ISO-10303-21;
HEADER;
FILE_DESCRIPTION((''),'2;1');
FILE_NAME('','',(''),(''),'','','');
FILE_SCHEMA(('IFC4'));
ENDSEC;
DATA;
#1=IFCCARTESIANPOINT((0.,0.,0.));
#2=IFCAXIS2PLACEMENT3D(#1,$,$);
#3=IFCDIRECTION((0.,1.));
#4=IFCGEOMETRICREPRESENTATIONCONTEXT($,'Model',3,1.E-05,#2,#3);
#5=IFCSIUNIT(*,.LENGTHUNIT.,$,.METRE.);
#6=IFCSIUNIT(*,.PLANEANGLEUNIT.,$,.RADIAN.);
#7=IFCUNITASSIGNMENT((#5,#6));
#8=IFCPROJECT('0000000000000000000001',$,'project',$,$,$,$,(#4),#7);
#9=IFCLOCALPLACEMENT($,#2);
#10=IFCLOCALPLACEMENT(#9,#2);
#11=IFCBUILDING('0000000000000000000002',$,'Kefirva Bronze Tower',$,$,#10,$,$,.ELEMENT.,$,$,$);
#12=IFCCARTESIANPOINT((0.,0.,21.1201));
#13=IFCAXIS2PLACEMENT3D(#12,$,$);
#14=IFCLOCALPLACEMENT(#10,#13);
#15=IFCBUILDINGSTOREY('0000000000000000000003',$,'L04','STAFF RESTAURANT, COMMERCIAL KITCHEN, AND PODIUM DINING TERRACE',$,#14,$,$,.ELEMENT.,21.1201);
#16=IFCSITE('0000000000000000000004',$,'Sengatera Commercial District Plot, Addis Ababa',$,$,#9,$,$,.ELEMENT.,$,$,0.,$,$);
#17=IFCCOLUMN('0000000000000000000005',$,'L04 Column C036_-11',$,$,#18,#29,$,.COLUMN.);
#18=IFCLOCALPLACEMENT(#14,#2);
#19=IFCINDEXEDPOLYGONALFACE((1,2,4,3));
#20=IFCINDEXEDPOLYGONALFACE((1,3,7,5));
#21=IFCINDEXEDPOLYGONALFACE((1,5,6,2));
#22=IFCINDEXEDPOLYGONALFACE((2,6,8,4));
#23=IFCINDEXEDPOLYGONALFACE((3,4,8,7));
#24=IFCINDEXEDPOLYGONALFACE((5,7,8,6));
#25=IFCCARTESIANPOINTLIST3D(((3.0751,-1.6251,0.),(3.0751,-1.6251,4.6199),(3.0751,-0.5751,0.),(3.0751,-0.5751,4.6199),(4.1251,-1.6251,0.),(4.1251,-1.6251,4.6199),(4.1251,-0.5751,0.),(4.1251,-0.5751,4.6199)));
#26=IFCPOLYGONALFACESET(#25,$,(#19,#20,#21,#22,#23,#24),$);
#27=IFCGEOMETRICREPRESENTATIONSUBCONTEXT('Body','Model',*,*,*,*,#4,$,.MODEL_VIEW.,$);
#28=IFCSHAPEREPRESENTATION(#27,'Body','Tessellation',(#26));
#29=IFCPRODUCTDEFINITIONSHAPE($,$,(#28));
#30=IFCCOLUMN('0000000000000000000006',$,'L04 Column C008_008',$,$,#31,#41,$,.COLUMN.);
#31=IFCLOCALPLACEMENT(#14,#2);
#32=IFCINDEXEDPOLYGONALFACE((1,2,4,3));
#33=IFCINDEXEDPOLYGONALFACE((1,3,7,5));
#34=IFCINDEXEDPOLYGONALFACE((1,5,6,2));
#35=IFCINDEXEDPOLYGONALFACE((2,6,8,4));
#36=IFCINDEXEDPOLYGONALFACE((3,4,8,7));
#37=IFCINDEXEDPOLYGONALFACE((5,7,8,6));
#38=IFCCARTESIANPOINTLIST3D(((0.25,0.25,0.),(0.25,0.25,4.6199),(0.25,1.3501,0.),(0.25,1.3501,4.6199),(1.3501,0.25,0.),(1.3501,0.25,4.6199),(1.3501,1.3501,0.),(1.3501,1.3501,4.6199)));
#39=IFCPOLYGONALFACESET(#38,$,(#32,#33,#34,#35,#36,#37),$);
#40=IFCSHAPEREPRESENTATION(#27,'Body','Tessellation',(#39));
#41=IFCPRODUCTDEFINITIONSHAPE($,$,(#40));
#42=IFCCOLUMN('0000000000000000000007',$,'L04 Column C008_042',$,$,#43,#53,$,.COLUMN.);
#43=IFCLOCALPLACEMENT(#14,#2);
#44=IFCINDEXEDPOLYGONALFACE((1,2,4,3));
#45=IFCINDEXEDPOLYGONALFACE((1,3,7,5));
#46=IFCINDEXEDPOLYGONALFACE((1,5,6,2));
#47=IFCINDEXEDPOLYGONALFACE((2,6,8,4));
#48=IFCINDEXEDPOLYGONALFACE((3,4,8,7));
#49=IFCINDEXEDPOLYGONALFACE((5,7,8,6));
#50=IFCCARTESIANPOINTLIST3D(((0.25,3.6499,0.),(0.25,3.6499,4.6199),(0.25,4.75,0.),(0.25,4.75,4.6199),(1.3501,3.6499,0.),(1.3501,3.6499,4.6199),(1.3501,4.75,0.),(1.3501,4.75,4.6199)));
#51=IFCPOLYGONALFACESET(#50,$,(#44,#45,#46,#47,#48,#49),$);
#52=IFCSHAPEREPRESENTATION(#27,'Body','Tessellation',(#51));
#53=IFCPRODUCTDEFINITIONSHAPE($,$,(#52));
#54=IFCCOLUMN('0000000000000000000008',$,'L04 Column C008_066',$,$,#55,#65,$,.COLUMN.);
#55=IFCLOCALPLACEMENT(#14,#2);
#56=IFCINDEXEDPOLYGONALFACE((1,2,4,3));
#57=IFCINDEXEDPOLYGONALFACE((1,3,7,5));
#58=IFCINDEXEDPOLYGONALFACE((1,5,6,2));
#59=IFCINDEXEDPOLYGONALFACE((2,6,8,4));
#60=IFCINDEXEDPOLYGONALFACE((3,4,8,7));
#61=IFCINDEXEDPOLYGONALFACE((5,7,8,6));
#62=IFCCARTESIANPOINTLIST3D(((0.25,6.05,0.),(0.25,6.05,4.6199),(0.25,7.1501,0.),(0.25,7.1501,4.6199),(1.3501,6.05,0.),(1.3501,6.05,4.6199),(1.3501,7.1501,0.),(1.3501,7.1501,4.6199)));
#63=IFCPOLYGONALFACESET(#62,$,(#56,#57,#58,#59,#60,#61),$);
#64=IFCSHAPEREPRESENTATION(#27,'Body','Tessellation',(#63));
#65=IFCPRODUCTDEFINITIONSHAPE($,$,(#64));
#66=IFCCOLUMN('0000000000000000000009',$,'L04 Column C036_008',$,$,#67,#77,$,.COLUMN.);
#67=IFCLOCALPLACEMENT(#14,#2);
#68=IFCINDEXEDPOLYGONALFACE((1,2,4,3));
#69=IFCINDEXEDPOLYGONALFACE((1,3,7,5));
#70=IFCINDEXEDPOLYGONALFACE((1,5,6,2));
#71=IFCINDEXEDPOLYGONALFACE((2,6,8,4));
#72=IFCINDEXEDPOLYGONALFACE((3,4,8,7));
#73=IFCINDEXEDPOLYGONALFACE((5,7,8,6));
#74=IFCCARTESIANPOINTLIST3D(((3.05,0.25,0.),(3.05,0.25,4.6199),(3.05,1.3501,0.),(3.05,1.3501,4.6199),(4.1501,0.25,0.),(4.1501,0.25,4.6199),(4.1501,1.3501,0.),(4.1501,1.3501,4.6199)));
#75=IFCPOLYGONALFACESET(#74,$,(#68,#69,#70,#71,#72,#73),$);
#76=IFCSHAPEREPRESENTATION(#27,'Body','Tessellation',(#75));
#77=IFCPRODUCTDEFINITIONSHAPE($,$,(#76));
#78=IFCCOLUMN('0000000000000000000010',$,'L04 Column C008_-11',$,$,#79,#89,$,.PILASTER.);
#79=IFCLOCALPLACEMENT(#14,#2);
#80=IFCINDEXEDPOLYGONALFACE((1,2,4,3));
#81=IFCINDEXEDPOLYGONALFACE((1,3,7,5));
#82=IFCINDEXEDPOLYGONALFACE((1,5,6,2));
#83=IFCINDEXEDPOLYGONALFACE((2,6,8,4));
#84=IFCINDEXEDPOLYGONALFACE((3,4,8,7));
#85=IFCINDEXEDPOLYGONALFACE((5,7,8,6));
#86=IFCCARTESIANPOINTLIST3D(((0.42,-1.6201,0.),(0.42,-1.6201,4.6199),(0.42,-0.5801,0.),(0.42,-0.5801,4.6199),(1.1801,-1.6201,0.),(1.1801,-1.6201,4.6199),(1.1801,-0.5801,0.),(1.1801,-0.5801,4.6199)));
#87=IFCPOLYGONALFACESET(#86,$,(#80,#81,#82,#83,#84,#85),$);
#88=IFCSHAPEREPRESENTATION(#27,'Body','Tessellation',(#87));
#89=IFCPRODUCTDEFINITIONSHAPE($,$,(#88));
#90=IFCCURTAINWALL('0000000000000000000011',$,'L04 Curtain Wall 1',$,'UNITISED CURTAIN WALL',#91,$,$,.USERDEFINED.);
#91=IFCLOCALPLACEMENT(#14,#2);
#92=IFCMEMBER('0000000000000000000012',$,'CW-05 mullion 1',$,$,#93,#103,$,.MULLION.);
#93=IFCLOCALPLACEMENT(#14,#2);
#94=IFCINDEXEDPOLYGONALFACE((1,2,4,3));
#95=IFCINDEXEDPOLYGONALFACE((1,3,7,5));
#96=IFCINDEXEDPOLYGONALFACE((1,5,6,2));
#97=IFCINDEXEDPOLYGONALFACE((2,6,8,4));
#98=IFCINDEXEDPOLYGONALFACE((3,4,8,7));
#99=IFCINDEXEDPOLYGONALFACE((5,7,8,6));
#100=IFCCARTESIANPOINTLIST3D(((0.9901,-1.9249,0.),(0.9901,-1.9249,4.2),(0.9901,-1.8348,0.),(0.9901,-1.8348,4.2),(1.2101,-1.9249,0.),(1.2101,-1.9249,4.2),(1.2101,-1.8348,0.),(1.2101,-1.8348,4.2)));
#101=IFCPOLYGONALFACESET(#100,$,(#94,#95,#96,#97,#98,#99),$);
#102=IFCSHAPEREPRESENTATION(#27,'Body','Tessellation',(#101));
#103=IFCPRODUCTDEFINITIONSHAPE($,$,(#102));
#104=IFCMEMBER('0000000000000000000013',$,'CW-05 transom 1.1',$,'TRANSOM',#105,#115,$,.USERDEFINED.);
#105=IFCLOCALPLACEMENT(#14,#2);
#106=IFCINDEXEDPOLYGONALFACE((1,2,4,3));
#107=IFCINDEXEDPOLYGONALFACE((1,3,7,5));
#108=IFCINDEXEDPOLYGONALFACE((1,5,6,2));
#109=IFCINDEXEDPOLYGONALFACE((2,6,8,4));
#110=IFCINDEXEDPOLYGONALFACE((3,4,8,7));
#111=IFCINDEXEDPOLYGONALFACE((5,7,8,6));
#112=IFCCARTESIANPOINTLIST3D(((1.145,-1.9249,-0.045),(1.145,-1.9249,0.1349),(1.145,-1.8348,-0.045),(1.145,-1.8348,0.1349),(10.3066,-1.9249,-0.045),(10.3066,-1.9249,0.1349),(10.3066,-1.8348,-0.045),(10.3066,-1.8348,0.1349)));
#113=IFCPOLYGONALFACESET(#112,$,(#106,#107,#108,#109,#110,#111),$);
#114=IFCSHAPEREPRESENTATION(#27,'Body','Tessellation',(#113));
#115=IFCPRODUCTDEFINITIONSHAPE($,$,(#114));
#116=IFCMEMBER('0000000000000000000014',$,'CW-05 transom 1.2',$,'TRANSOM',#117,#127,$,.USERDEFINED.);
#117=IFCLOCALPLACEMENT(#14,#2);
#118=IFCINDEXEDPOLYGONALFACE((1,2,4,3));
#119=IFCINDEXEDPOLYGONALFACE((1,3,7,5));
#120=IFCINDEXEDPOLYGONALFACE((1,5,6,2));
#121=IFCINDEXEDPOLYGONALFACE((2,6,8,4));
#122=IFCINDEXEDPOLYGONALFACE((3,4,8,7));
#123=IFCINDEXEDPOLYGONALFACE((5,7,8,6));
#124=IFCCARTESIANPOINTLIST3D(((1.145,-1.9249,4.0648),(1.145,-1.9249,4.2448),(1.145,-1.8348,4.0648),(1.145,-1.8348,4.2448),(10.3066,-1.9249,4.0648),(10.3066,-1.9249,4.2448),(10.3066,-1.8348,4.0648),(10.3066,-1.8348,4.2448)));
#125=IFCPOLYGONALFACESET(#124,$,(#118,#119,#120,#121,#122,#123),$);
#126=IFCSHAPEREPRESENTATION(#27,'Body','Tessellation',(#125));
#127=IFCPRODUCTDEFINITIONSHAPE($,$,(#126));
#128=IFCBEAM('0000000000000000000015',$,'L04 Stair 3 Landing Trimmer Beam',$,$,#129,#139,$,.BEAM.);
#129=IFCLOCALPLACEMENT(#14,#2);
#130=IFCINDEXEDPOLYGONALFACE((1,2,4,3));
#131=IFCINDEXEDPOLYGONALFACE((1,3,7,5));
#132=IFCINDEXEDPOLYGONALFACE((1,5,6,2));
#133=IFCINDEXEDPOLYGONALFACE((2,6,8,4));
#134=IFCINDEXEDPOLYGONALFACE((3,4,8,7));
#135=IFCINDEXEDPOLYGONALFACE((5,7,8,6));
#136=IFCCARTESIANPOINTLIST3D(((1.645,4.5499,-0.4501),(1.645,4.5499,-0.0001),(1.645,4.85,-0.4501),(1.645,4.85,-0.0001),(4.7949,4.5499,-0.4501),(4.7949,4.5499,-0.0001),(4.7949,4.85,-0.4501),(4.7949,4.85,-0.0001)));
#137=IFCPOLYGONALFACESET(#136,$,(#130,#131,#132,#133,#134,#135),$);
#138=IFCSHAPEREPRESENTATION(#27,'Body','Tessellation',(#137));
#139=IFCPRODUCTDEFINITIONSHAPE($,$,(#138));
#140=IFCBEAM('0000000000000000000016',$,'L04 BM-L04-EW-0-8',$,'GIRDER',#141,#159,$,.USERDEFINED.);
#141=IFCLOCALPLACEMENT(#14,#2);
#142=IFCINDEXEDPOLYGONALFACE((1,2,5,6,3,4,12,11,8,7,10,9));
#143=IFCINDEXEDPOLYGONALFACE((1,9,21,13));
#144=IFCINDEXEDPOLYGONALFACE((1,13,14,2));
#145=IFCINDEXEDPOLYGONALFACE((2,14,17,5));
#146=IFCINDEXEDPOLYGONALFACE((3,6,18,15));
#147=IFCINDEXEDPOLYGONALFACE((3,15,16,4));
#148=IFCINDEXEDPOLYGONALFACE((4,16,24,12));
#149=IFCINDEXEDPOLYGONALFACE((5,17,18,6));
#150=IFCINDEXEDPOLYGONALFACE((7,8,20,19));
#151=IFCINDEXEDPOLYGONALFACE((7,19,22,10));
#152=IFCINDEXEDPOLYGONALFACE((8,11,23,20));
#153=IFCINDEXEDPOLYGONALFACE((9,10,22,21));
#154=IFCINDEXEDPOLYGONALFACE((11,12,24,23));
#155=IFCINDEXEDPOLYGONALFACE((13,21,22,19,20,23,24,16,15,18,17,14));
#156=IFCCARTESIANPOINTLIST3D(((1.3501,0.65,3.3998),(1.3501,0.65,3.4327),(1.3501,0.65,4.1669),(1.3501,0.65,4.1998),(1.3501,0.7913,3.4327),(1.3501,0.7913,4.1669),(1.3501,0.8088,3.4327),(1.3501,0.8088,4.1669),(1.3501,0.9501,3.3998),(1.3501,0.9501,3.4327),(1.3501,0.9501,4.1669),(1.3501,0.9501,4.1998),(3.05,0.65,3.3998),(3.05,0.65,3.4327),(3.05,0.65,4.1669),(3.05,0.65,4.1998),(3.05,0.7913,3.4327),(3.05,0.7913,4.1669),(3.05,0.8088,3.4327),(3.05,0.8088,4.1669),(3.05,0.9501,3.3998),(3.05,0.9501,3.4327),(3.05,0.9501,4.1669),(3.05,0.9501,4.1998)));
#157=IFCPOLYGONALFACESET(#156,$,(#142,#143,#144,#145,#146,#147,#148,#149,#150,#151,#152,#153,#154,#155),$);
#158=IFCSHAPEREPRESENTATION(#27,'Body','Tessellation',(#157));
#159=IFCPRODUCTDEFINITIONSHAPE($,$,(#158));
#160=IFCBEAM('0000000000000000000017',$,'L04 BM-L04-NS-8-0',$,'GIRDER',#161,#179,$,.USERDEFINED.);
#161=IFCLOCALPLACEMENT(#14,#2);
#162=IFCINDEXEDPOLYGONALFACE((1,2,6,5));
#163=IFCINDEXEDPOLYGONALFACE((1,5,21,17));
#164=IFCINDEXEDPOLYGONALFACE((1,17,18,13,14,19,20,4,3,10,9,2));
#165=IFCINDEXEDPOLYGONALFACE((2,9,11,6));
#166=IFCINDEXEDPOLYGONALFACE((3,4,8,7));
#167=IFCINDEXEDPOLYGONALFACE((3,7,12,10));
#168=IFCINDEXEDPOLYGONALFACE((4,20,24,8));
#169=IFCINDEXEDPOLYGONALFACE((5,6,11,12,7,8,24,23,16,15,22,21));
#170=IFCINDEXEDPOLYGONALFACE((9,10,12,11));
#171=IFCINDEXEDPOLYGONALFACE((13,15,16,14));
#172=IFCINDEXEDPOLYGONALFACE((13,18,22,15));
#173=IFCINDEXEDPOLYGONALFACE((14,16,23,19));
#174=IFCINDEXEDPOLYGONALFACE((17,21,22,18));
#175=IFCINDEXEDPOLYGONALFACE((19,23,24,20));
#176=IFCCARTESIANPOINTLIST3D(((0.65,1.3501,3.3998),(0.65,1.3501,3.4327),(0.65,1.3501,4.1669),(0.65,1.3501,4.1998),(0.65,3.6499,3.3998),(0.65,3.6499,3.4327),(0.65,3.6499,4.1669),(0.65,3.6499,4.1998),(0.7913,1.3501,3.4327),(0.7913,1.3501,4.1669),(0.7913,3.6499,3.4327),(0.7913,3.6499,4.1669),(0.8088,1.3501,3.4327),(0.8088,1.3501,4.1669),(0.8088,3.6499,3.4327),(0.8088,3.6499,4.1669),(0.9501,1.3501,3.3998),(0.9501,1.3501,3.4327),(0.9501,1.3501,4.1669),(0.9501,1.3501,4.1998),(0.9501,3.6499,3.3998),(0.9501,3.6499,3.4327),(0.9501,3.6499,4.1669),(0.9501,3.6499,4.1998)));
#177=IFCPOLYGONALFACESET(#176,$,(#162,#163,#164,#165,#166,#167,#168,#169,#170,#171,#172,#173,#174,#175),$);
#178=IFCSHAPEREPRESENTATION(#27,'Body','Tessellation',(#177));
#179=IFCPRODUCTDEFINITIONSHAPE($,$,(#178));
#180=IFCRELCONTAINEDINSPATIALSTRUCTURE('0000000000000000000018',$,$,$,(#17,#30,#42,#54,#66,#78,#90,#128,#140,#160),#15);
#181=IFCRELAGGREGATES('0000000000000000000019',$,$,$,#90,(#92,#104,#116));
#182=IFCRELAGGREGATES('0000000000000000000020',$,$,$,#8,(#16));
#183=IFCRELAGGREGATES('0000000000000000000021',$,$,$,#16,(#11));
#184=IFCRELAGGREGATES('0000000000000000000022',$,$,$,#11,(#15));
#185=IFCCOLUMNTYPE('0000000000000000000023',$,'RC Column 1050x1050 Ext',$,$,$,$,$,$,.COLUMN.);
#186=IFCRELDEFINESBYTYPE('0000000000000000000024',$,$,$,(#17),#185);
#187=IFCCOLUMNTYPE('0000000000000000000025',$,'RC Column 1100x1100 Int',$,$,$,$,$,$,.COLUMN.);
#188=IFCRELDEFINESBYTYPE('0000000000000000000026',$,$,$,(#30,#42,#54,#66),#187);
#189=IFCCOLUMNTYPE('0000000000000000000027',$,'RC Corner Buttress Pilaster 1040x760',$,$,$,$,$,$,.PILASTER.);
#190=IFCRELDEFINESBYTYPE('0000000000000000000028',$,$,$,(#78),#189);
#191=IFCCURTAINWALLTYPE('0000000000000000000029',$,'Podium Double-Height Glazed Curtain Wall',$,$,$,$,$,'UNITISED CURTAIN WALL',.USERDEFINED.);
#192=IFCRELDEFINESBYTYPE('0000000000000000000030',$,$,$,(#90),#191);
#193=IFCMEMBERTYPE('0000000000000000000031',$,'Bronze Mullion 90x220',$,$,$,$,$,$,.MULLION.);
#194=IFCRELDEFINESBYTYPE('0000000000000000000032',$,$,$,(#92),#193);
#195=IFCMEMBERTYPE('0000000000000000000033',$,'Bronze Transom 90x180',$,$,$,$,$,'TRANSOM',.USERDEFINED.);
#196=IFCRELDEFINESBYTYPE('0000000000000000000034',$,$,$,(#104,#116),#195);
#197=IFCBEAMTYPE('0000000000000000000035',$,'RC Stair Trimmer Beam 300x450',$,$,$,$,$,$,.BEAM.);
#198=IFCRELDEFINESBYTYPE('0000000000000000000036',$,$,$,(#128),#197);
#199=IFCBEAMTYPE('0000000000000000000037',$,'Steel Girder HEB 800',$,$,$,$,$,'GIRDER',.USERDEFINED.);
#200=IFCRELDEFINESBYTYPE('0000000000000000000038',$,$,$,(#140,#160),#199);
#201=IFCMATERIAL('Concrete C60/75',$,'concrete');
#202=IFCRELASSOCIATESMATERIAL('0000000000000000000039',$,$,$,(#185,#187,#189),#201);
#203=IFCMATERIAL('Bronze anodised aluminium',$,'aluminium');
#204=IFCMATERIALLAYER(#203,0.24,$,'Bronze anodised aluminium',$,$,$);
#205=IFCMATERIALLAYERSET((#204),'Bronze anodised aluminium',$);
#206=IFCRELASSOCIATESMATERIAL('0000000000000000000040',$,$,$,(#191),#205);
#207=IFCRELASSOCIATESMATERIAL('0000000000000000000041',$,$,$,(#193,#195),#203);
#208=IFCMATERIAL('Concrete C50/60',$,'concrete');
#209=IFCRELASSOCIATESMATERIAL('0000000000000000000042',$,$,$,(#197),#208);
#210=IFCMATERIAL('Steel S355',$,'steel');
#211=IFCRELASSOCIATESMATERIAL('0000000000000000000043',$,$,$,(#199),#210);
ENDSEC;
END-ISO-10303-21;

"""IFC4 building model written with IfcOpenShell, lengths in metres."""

from ifc_helpers import new_model, si_unit, direction, frame, origin, origin_2d, place, context, subcontext, project, spatial, rectangle, i_section, extrude, material, layer, layer_set, material_profile, profile_set, type_object, element, aggregate, save


model = new_model("IFC4")

# Units and contexts
model_context = context("Model", 3, precision=1e-05, world=origin(), true_north=direction((0.0, 1.0)))
body_context = subcontext(model_context, "Body", "Model", "MODEL_VIEW")
ifc_project = project(units=[si_unit("LENGTHUNIT", "METRE"), si_unit("PLANEANGLEUNIT", "RADIAN")], contexts=[model_context])

# Site, building, storey
site_placement = place(None, origin())
site = spatial("IfcSite", under=ifc_project, at=site_placement, Name="Sengatera Commercial District Plot, Addis Ababa", CompositionType="ELEMENT", RefElevation=0.0)
building_placement = place(site_placement, origin())
building = spatial("IfcBuilding", under=site, at=building_placement, Name="Kefirva Bronze Tower", CompositionType="ELEMENT")
storey_placement = place(building_placement, frame((0.0, 0.0, 21.1201)))
storey = spatial("IfcBuildingStorey", under=building, at=storey_placement, Name="L04", Description="STAFF RESTAURANT, COMMERCIAL KITCHEN, AND PODIUM DINING TERRACE", CompositionType="ELEMENT", Elevation=21.1201)

# Columns
ifc_material_1 = material(Name="Concrete C60/75", Category="concrete")
ifc_material_profile_1 = material_profile(ifc_material_1, rectangle(XDim=1.05, YDim=1.05, at=origin_2d()), Name="RC 1050x1050")
ifc_profile_set_1 = profile_set([ifc_material_profile_1], Name="Concrete C60/75")
column_type_1 = type_object("IfcColumnType", Name="RC Column 1050x1050 Ext", PredefinedType="COLUMN", material=ifc_profile_set_1)
column_1_placement = place(storey_placement, frame((3.6001, -1.1001, 0.0), z_axis=(0.0, 0.0, 1.0), x_axis=(1.0, 0.0, 0.0)))
element("IfcColumn", 1, at=column_1_placement, inside=storey, type_object=column_type_1, Name="L04 Column C036_-11", PredefinedType="COLUMN", context=body_context, shape_type="SweptSolid", body=[
    extrude(rectangle(XDim=1.05, YDim=1.05, at=origin_2d()), origin(), (0.0, 0.0, 1.0), 4.6199),
])
ifc_material_profile_2 = material_profile(ifc_material_1, rectangle(XDim=1.1001, YDim=1.1001, at=origin_2d()), Name="RC 1100x1100")
ifc_profile_set_2 = profile_set([ifc_material_profile_2], Name="Concrete C60/75")
column_type_2 = type_object("IfcColumnType", Name="RC Column 1100x1100 Int", PredefinedType="COLUMN", material=ifc_profile_set_2)
for number, where, z_axis, x_axis, name in (
    (2, (0.8, 0.8, 0.0), (0.0, 0.0, 1.0), (1.0, 0.0, 0.0), "L04 Column C008_008"),
    (3, (0.8, 4.2, 0.0), (0.0, 0.0, 1.0), (1.0, 0.0, 0.0), "L04 Column C008_042"),
    (4, (0.8, 6.6001, 0.0), (0.0, 0.0, 1.0), (1.0, 0.0, 0.0), "L04 Column C008_066"),
    (5, (3.6001, 0.8, 0.0), (0.0, 0.0, 1.0), (1.0, 0.0, 0.0), "L04 Column C036_008"),
):
    element("IfcColumn", number, at=place(storey_placement, frame(where, z_axis=z_axis, x_axis=x_axis)), inside=storey, type_object=column_type_2, Name=name, PredefinedType="COLUMN", context=body_context, shape_type="SweptSolid", body=[
        extrude(rectangle(XDim=1.1001, YDim=1.1001, at=origin_2d()), origin(), (0.0, 0.0, 1.0), 4.6199),
    ])
ifc_material_profile_3 = material_profile(ifc_material_1, rectangle(XDim=0.76, YDim=1.04, at=origin_2d()), Name="RC 760x1040")
ifc_profile_set_3 = profile_set([ifc_material_profile_3], Name="Concrete C60/75")
column_type_3 = type_object("IfcColumnType", Name="RC Corner Buttress Pilaster 1040x760", PredefinedType="PILASTER", material=ifc_profile_set_3)
column_2_placement = place(storey_placement, frame((0.8, -1.1001, 0.0), z_axis=(0.0, 0.0, 1.0), x_axis=(1.0, 0.0, 0.0)))
element("IfcColumn", 6, at=column_2_placement, inside=storey, type_object=column_type_3, Name="L04 Column C008_-11", PredefinedType="PILASTER", context=body_context, shape_type="SweptSolid", body=[
    extrude(rectangle(XDim=0.76, YDim=1.04, at=origin_2d()), origin(), (0.0, 0.0, 1.0), 4.6199),
])

# Curtain wall, members
ifc_material_2 = material(Name="Bronze anodised aluminium", Category="aluminium")
ifc_layer_1 = layer(ifc_material_2, 0.24, Name="Bronze anodised aluminium")
ifc_layer_set_1 = layer_set([ifc_layer_1], Name="Bronze anodised aluminium")
curtain_wall_type = type_object("IfcCurtainWallType", Name="Podium Double-Height Glazed Curtain Wall", ElementType="UNITISED CURTAIN WALL", PredefinedType="USERDEFINED", material=ifc_layer_set_1)
curtain_wall_placement = place(storey_placement, origin())
curtain_wall = element("IfcCurtainWall", 7, at=curtain_wall_placement, inside=storey, type_object=curtain_wall_type, Name="L04 Curtain Wall 1", ObjectType="UNITISED CURTAIN WALL", PredefinedType="USERDEFINED")
ifc_material_profile_4 = material_profile(ifc_material_2, rectangle(XDim=0.0901, YDim=0.22, at=origin_2d()), Name="ALU 90x220")
ifc_profile_set_4 = profile_set([ifc_material_profile_4], Name="Bronze anodised aluminium")
member_type_1 = type_object("IfcMemberType", Name="Bronze Mullion 90x220", PredefinedType="MULLION", material=ifc_profile_set_4)
member_1_placement = place(storey_placement, frame((1.1001, -1.8799, 0.0), z_axis=(0.0, 0.0, 1.0), x_axis=(0.0, 1.0, 0.0)))
member_1 = element("IfcMember", 8, at=member_1_placement, type_object=member_type_1, Name="CW-05 mullion 1", PredefinedType="MULLION", context=body_context, shape_type="SweptSolid", body=[
    extrude(rectangle(XDim=0.0901, YDim=0.22, at=origin_2d()), origin(), (0.0, 0.0, 1.0), 4.2),
])
ifc_material_profile_5 = material_profile(ifc_material_2, rectangle(XDim=0.0901, YDim=0.1799, at=origin_2d()), Name="ALU 90x180")
ifc_profile_set_5 = profile_set([ifc_material_profile_5], Name="Bronze anodised aluminium")
member_type_2 = type_object("IfcMemberType", Name="Bronze Transom 90x180", ElementType="TRANSOM", PredefinedType="USERDEFINED", material=ifc_profile_set_5)
member_2_placement = place(storey_placement, frame((1.145, -1.8799, 0.0449), z_axis=(1.0, 0.0, 0.0), x_axis=(0.0, 1.0, 0.0)))
member_2 = element("IfcMember", 9, at=member_2_placement, type_object=member_type_2, Name="CW-05 transom 1.1", ObjectType="TRANSOM", PredefinedType="USERDEFINED", context=body_context, shape_type="SweptSolid", body=[
    extrude(rectangle(XDim=0.0901, YDim=0.1799, at=origin_2d()), origin(), (0.0, 0.0, 1.0), 9.1616),
])
member_3_placement = place(storey_placement, frame((1.145, -1.8799, 4.1548), z_axis=(1.0, 0.0, 0.0), x_axis=(0.0, 1.0, 0.0)))
member_3 = element("IfcMember", 10, at=member_3_placement, type_object=member_type_2, Name="CW-05 transom 1.2", ObjectType="TRANSOM", PredefinedType="USERDEFINED", context=body_context, shape_type="SweptSolid", body=[
    extrude(rectangle(XDim=0.0901, YDim=0.1799, at=origin_2d()), origin(), (0.0, 0.0, 1.0), 9.1616),
])
aggregate(curtain_wall, [member_1, member_2, member_3])

# Beams
ifc_material_3 = material(Name="Concrete C50/60", Category="concrete")
ifc_material_profile_6 = material_profile(ifc_material_3, rectangle(XDim=0.3, YDim=0.45, at=origin_2d()), Name="RC 300x450")
ifc_profile_set_6 = profile_set([ifc_material_profile_6], Name="Concrete C50/60")
beam_type_1 = type_object("IfcBeamType", Name="RC Stair Trimmer Beam 300x450", PredefinedType="BEAM", material=ifc_profile_set_6)
beam_1_placement = place(storey_placement, frame((1.645, 4.7, -0.2251), z_axis=(1.0, 0.0, 0.0), x_axis=(0.0, 1.0, 0.0)))
element("IfcBeam", 11, at=beam_1_placement, inside=storey, type_object=beam_type_1, Name="L04 Stair 3 Landing Trimmer Beam", PredefinedType="BEAM", context=body_context, shape_type="SweptSolid", body=[
    extrude(rectangle(XDim=0.3, YDim=0.45, at=origin_2d()), origin(), (0.0, 0.0, 1.0), 3.1499),
])
ifc_material_4 = material(Name="Steel S355", Category="steel")
ifc_material_profile_7 = material_profile(ifc_material_4, i_section(OverallWidth=0.3, OverallDepth=0.8, WebThickness=0.0176, FlangeThickness=0.033, at=origin_2d()), Name="HEB 800")
ifc_profile_set_7 = profile_set([ifc_material_profile_7], Name="Steel S355")
beam_type_2 = type_object("IfcBeamType", Name="Steel Girder HEB 800", ElementType="GIRDER", PredefinedType="USERDEFINED", material=ifc_profile_set_7)
beam_2_placement = place(storey_placement, frame((1.3501, 0.8, 3.7998), z_axis=(1.0, 0.0, 0.0), x_axis=(0.0, 1.0, 0.0)))
element("IfcBeam", 12, at=beam_2_placement, inside=storey, type_object=beam_type_2, Name="L04 BM-L04-EW-0-8", ObjectType="GIRDER", PredefinedType="USERDEFINED", context=body_context, shape_type="SweptSolid", body=[
    extrude(i_section(OverallWidth=0.3, OverallDepth=0.8, WebThickness=0.0176, FlangeThickness=0.033, at=origin_2d()), origin(), (0.0, 0.0, 1.0), 1.7),
])
beam_3_placement = place(storey_placement, frame((0.8, 1.3501, 3.7998), z_axis=(0.0, 1.0, 0.0), x_axis=(-1.0, 0.0, 0.0)))
element("IfcBeam", 13, at=beam_3_placement, inside=storey, type_object=beam_type_2, Name="L04 BM-L04-NS-8-0", ObjectType="GIRDER", PredefinedType="USERDEFINED", context=body_context, shape_type="SweptSolid", body=[
    extrude(i_section(OverallWidth=0.3, OverallDepth=0.8, WebThickness=0.0176, FlangeThickness=0.033, at=origin_2d()), origin(), (0.0, 0.0, 1.0), 2.2998),
])

save(model, "model.ifc")
